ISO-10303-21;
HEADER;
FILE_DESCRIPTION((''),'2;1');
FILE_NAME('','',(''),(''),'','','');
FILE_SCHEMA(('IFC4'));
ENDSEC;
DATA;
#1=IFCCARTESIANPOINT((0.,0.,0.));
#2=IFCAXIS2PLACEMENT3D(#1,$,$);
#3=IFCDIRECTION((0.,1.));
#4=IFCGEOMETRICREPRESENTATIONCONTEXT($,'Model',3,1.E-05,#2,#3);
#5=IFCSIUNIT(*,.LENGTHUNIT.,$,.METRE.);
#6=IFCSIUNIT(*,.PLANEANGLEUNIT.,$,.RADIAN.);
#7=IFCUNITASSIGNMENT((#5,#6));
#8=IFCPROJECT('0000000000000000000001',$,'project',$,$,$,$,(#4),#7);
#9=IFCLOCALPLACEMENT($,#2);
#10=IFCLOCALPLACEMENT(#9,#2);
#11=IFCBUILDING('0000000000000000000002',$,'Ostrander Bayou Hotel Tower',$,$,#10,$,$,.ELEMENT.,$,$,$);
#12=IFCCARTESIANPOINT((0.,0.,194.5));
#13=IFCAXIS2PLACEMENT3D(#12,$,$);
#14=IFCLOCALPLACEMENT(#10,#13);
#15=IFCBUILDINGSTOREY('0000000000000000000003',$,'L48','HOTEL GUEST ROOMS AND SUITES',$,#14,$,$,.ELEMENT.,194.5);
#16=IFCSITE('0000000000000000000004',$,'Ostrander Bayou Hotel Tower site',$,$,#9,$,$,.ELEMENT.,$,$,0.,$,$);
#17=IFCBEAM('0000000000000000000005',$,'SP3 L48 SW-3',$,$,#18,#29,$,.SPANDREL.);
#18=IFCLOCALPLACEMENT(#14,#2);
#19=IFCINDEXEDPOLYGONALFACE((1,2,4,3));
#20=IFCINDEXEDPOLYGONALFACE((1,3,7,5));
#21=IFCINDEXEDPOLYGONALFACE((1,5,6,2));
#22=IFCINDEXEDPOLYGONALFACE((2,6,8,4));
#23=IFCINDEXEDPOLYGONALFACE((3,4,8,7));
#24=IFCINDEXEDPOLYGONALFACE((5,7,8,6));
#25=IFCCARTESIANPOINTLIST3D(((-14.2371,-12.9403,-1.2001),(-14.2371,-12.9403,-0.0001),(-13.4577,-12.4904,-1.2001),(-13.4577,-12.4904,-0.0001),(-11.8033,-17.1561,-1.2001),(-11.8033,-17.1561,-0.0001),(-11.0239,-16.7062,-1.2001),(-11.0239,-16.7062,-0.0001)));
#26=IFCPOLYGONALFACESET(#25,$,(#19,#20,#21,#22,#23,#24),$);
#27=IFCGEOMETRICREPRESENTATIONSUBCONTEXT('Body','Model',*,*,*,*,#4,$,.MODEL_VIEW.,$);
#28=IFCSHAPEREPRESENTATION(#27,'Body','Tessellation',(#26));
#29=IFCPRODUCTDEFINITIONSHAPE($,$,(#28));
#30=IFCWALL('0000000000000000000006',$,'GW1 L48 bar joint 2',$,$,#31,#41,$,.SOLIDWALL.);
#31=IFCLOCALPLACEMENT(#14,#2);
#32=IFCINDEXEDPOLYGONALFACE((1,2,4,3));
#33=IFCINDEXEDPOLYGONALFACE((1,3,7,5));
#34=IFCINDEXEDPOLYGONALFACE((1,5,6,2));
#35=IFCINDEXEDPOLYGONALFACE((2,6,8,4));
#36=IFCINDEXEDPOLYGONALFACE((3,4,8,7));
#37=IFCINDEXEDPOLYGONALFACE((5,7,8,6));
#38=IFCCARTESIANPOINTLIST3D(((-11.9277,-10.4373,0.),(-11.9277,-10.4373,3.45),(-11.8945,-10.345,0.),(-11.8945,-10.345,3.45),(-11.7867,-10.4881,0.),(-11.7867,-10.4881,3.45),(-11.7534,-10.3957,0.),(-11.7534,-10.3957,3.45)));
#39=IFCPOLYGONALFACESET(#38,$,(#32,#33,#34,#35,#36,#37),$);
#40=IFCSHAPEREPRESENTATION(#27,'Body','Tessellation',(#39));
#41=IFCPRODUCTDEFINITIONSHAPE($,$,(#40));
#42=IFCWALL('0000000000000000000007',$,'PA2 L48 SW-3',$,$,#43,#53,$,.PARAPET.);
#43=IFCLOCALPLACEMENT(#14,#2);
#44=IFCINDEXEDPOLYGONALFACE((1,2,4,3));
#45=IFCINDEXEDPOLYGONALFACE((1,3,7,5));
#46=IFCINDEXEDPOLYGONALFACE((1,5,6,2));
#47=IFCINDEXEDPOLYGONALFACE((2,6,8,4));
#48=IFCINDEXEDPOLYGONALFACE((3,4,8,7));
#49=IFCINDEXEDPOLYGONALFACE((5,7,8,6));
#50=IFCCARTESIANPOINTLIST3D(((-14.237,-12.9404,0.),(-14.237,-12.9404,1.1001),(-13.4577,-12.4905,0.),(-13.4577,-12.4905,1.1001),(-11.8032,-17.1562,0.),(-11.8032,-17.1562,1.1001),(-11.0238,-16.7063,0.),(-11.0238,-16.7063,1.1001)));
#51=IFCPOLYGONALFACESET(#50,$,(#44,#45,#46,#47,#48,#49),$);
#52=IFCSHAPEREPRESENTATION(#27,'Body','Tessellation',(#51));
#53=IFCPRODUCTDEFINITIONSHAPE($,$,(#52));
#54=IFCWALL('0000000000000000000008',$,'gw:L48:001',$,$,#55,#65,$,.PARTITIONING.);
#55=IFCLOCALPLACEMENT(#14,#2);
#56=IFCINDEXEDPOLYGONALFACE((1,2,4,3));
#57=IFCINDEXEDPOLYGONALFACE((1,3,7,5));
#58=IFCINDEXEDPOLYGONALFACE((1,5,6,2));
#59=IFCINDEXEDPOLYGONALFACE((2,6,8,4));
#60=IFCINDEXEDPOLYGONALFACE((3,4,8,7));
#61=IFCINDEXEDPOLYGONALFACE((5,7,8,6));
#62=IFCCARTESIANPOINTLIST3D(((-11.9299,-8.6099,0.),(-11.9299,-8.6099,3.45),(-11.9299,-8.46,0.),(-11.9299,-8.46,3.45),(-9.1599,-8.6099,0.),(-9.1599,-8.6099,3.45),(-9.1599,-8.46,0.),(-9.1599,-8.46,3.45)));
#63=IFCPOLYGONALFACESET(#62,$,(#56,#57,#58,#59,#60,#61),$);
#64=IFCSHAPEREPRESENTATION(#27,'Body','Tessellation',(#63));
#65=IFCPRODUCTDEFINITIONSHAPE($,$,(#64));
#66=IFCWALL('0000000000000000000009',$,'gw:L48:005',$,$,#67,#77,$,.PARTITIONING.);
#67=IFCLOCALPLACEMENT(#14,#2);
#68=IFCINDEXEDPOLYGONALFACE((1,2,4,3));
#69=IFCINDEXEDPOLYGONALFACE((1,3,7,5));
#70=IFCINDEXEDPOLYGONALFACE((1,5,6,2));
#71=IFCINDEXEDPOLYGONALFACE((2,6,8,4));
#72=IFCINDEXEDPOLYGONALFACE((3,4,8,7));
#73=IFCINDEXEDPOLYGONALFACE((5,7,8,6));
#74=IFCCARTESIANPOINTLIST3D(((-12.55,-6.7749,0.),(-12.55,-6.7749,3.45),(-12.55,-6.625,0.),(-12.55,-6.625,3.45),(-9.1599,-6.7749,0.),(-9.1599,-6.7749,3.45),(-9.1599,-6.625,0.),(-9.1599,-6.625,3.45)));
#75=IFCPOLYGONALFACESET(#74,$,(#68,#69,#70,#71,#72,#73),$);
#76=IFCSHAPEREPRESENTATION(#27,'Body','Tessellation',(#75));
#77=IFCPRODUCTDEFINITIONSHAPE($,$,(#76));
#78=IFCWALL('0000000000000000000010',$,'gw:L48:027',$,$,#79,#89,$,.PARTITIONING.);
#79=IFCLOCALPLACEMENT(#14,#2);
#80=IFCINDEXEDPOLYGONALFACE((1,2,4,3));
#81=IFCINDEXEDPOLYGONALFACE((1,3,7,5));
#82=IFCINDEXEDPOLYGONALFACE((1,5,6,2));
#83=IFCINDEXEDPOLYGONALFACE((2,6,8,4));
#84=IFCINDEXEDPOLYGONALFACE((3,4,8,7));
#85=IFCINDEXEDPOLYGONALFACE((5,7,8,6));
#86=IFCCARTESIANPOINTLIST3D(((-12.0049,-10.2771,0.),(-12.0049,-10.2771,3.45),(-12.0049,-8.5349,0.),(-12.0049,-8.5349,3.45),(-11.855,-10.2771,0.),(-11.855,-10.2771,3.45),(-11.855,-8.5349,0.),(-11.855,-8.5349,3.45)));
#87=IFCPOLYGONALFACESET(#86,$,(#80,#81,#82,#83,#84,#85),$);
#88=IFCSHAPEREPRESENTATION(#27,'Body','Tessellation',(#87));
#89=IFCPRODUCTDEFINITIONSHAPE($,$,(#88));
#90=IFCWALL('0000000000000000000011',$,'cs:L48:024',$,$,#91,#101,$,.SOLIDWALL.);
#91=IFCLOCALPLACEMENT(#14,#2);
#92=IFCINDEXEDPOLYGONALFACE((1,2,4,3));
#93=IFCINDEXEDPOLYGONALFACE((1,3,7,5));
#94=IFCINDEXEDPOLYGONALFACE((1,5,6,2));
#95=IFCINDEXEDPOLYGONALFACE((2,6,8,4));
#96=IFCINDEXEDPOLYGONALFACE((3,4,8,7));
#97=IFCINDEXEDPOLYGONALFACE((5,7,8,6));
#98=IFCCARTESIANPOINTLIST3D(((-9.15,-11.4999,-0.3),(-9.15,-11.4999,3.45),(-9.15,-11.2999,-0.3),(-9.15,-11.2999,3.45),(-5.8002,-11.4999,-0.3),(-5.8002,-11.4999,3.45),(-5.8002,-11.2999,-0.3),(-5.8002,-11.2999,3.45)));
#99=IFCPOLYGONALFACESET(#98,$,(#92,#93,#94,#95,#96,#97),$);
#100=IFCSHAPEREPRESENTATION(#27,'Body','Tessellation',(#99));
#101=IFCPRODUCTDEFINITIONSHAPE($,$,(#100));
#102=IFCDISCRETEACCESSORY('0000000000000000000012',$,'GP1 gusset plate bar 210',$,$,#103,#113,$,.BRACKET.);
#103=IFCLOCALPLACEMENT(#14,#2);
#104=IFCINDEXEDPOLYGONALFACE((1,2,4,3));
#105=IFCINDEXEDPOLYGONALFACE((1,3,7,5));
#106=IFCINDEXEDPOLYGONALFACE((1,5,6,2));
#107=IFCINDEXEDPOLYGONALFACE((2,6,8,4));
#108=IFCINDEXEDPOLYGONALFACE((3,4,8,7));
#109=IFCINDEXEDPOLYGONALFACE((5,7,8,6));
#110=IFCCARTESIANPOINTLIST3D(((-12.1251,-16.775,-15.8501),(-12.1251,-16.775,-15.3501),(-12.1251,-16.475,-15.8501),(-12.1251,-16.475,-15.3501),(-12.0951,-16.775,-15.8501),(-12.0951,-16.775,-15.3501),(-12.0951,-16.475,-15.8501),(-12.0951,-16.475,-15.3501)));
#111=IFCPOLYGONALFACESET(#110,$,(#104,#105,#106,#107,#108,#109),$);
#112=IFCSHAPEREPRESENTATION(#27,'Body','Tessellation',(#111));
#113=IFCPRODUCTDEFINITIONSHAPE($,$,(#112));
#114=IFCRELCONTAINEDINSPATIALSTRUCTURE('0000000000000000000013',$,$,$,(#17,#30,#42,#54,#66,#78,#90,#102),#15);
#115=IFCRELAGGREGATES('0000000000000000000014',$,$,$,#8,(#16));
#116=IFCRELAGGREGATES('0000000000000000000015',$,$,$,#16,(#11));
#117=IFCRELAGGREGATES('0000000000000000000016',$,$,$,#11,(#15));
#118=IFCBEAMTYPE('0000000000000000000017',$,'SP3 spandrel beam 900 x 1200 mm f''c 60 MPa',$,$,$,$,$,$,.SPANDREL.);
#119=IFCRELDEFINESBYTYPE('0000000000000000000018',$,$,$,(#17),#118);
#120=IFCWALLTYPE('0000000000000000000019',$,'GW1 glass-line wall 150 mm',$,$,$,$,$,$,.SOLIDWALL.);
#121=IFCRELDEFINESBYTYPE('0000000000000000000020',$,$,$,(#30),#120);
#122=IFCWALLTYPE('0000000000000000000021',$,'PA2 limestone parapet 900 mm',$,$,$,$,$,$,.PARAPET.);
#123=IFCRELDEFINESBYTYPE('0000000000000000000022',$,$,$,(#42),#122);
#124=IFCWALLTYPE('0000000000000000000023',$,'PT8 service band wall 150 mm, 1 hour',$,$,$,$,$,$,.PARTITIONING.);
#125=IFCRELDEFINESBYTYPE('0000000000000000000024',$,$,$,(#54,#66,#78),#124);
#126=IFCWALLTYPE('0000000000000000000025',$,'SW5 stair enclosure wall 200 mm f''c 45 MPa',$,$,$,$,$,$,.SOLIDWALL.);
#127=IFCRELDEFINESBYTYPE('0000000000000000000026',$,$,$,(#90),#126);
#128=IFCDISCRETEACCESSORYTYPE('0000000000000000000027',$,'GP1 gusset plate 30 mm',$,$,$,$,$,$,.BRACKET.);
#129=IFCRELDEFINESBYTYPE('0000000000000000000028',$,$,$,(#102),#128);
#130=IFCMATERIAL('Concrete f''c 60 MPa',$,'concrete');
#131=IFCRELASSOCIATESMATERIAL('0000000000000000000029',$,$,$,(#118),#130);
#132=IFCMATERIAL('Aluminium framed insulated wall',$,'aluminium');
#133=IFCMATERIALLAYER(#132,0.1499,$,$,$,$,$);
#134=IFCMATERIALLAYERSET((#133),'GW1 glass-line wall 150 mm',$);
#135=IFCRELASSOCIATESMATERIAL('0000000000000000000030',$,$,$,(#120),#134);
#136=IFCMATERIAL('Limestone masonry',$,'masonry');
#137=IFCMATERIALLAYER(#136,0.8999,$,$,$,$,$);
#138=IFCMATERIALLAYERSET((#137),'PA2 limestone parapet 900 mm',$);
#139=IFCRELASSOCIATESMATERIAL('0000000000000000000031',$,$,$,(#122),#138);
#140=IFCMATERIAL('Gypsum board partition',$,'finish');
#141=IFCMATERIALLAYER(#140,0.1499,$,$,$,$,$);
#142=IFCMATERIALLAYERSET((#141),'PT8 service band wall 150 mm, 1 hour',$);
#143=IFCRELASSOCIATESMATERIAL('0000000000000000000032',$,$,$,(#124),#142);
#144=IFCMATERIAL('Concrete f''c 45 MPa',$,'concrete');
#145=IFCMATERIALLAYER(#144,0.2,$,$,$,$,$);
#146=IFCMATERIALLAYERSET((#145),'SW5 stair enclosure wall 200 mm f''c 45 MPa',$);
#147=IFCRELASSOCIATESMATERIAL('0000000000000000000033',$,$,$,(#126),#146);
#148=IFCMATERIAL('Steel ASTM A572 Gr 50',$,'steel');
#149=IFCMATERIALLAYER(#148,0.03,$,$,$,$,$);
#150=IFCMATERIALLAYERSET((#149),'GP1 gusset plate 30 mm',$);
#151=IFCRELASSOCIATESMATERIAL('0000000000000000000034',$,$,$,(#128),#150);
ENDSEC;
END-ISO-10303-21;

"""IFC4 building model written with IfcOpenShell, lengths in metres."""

from ifc_helpers import new_model, si_unit, direction, frame, frame_2d, origin, origin_2d, place, context, subcontext, project, spatial, rectangle, extrude, material, layer, layer_set, material_profile, profile_set, type_object, element, save


model = new_model("IFC4")

# Units and contexts
model_context = context("Model", 3, precision=1e-05, world=origin(), true_north=direction((0.0, 1.0)))
body_context = subcontext(model_context, "Body", "Model", "MODEL_VIEW")
ifc_project = project(units=[si_unit("LENGTHUNIT", "METRE"), si_unit("PLANEANGLEUNIT", "RADIAN")], contexts=[model_context])

# Site, building, storey
site_placement = place(None, origin())
site = spatial("IfcSite", under=ifc_project, at=site_placement, Name="Ostrander Bayou Hotel Tower site", CompositionType="ELEMENT", RefElevation=0.0)
building_placement = place(site_placement, origin())
building = spatial("IfcBuilding", under=site, at=building_placement, Name="Ostrander Bayou Hotel Tower", CompositionType="ELEMENT")
storey_placement = place(building_placement, frame((0.0, 0.0, 194.5)))
storey = spatial("IfcBuildingStorey", under=building, at=storey_placement, Name="L48", Description="HOTEL GUEST ROOMS AND SUITES", CompositionType="ELEMENT", Elevation=194.5)

# Beam
ifc_material_1 = material(Name="Concrete f'c 60 MPa", Category="concrete")
ifc_material_profile_1 = material_profile(ifc_material_1, rectangle(XDim=0.8999, YDim=1.2, at=origin_2d()))
ifc_profile_set_1 = profile_set([ifc_material_profile_1], Name="Concrete f'c 60 MPa")
beam_type_1 = type_object("IfcBeamType", Name="SP3 spandrel beam 900 x 1200 mm f'c 60 MPa", PredefinedType="SPANDREL", material=ifc_profile_set_1)
beam_1_placement = place(storey_placement, frame((-13.8474, -12.7153, -0.6001), z_axis=(0.499974, -0.86604, 0.0), x_axis=(0.86604, 0.499974, 0.0)))
element("IfcBeam", 1, at=beam_1_placement, inside=storey, type_object=beam_type_1, Name="SP3 L48 SW-3", PredefinedType="SPANDREL", context=body_context, shape_type="SweptSolid", body=[
    extrude(rectangle(XDim=0.8999, YDim=1.2, at=origin_2d()), origin(), (0.0, 0.0, 1.0), 4.8679),
])

# Walls
ifc_material_2 = material(Name="Aluminium framed insulated wall", Category="aluminium")
ifc_layer_1 = layer(ifc_material_2, 0.1499)
ifc_layer_set_1 = layer_set([ifc_layer_1], Name="GW1 glass-line wall 150 mm")
wall_type_1 = type_object("IfcWallType", Name="GW1 glass-line wall 150 mm", PredefinedType="SOLIDWALL", material=ifc_layer_set_1)
wall_1_placement = place(storey_placement, frame((-11.824, -10.3704, 0.0), z_axis=(0.0, 0.0, 1.0), x_axis=(-0.338543, -0.940951, 0.0)))
element("IfcWall", 2, at=wall_1_placement, inside=storey, type_object=wall_type_1, Name="GW1 L48 bar joint 2", PredefinedType="SOLIDWALL", context=body_context, shape_type="SweptSolid", body=[
    extrude(rectangle(XDim=0.0981, YDim=0.1499, at=frame_2d((0.0491, 0.0))), origin(), (0.0, 0.0, 1.0), 3.45),
])
ifc_material_3 = material(Name="Limestone masonry", Category="masonry")
ifc_layer_2 = layer(ifc_material_3, 0.8999)
ifc_layer_set_2 = layer_set([ifc_layer_2], Name="PA2 limestone parapet 900 mm")
wall_type_2 = type_object("IfcWallType", Name="PA2 limestone parapet 900 mm", PredefinedType="PARAPET", material=ifc_layer_set_2)
wall_2_placement = place(storey_placement, frame((-13.8474, -12.7153, 0.0), z_axis=(0.0, 0.0, 1.0), x_axis=(0.499974, -0.86604, 0.0)))
element("IfcWall", 3, at=wall_2_placement, inside=storey, type_object=wall_type_2, Name="PA2 L48 SW-3", PredefinedType="PARAPET", context=body_context, shape_type="SweptSolid", body=[
    extrude(rectangle(XDim=4.8679, YDim=0.8999, at=frame_2d((2.4341, 0.0))), origin(), (0.0, 0.0, 1.0), 1.1001),
])

# Walls
ifc_material_4 = material(Name="Gypsum board partition", Category="finish")
ifc_layer_3 = layer(ifc_material_4, 0.1499)
ifc_layer_set_3 = layer_set([ifc_layer_3], Name="PT8 service band wall 150 mm, 1 hour")
wall_type_3 = type_object("IfcWallType", Name="PT8 service band wall 150 mm, 1 hour", PredefinedType="PARTITIONING", material=ifc_layer_set_3)
wall_3_placement = place(storey_placement, frame((-11.9299, -8.5349, 0.0), z_axis=(0.0, 0.0, 1.0), x_axis=(1.0, 0.0, 0.0)))
element("IfcWall", 4, at=wall_3_placement, inside=storey, type_object=wall_type_3, Name="gw:L48:001", PredefinedType="PARTITIONING", context=body_context, shape_type="SweptSolid", body=[
    extrude(rectangle(XDim=2.77, YDim=0.1499, at=frame_2d((1.385, 0.0))), origin(), (0.0, 0.0, 1.0), 3.45),
])
wall_4_placement = place(storey_placement, frame((-12.55, -6.7, 0.0), z_axis=(0.0, 0.0, 1.0), x_axis=(1.0, 0.0, 0.0)))
element("IfcWall", 5, at=wall_4_placement, inside=storey, type_object=wall_type_3, Name="gw:L48:005", PredefinedType="PARTITIONING", context=body_context, shape_type="SweptSolid", body=[
    extrude(rectangle(XDim=3.3901, YDim=0.1499, at=frame_2d((1.6951, 0.0))), origin(), (0.0, 0.0, 1.0), 3.45),
])
wall_5_placement = place(storey_placement, frame((-11.9299, -10.2771, 0.0), z_axis=(0.0, 0.0, 1.0), x_axis=(0.0, 1.0, 0.0)))
element("IfcWall", 6, at=wall_5_placement, inside=storey, type_object=wall_type_3, Name="gw:L48:027", PredefinedType="PARTITIONING", context=body_context, shape_type="SweptSolid", body=[
    extrude(rectangle(XDim=1.7422, YDim=0.1499, at=frame_2d((0.8711, 0.0))), origin(), (0.0, 0.0, 1.0), 3.45),
])
ifc_material_5 = material(Name="Concrete f'c 45 MPa", Category="concrete")
ifc_layer_4 = layer(ifc_material_5, 0.2)
ifc_layer_set_4 = layer_set([ifc_layer_4], Name="SW5 stair enclosure wall 200 mm f'c 45 MPa")
wall_type_4 = type_object("IfcWallType", Name="SW5 stair enclosure wall 200 mm f'c 45 MPa", PredefinedType="SOLIDWALL", material=ifc_layer_set_4)
wall_6_placement = place(storey_placement, frame((-9.1499, -11.3999, -0.3), z_axis=(0.0, 0.0, 1.0), x_axis=(1.0, 0.0, 0.0)))
element("IfcWall", 7, at=wall_6_placement, inside=storey, type_object=wall_type_4, Name="cs:L48:024", PredefinedType="SOLIDWALL", context=body_context, shape_type="SweptSolid", body=[
    extrude(rectangle(XDim=3.3499, YDim=0.2, at=frame_2d((1.6748, 0.0))), origin(), (0.0, 0.0, 1.0), 3.75),
])

# Discrete accessory
ifc_material_6 = material(Name="Steel ASTM A572 Gr 50", Category="steel")
ifc_layer_5 = layer(ifc_material_6, 0.03)
ifc_layer_set_5 = layer_set([ifc_layer_5], Name="GP1 gusset plate 30 mm")
discrete_accessory_type = type_object("IfcDiscreteAccessoryType", Name="GP1 gusset plate 30 mm", PredefinedType="BRACKET", material=ifc_layer_set_5)
discrete_accessory_placement = place(storey_placement, frame((-12.1101, -16.625, -15.8501), z_axis=(0.0, 0.0, 1.0), x_axis=(0.0, 1.0, 0.0)))
element("IfcDiscreteAccessory", 8, at=discrete_accessory_placement, inside=storey, type_object=discrete_accessory_type, Name="GP1 gusset plate bar 210", PredefinedType="BRACKET", context=body_context, shape_type="SweptSolid", body=[
    extrude(rectangle(XDim=0.3, YDim=0.03, at=origin_2d()), origin(), (0.0, 0.0, 1.0), 0.5),
])

save(model, "model.ifc")
